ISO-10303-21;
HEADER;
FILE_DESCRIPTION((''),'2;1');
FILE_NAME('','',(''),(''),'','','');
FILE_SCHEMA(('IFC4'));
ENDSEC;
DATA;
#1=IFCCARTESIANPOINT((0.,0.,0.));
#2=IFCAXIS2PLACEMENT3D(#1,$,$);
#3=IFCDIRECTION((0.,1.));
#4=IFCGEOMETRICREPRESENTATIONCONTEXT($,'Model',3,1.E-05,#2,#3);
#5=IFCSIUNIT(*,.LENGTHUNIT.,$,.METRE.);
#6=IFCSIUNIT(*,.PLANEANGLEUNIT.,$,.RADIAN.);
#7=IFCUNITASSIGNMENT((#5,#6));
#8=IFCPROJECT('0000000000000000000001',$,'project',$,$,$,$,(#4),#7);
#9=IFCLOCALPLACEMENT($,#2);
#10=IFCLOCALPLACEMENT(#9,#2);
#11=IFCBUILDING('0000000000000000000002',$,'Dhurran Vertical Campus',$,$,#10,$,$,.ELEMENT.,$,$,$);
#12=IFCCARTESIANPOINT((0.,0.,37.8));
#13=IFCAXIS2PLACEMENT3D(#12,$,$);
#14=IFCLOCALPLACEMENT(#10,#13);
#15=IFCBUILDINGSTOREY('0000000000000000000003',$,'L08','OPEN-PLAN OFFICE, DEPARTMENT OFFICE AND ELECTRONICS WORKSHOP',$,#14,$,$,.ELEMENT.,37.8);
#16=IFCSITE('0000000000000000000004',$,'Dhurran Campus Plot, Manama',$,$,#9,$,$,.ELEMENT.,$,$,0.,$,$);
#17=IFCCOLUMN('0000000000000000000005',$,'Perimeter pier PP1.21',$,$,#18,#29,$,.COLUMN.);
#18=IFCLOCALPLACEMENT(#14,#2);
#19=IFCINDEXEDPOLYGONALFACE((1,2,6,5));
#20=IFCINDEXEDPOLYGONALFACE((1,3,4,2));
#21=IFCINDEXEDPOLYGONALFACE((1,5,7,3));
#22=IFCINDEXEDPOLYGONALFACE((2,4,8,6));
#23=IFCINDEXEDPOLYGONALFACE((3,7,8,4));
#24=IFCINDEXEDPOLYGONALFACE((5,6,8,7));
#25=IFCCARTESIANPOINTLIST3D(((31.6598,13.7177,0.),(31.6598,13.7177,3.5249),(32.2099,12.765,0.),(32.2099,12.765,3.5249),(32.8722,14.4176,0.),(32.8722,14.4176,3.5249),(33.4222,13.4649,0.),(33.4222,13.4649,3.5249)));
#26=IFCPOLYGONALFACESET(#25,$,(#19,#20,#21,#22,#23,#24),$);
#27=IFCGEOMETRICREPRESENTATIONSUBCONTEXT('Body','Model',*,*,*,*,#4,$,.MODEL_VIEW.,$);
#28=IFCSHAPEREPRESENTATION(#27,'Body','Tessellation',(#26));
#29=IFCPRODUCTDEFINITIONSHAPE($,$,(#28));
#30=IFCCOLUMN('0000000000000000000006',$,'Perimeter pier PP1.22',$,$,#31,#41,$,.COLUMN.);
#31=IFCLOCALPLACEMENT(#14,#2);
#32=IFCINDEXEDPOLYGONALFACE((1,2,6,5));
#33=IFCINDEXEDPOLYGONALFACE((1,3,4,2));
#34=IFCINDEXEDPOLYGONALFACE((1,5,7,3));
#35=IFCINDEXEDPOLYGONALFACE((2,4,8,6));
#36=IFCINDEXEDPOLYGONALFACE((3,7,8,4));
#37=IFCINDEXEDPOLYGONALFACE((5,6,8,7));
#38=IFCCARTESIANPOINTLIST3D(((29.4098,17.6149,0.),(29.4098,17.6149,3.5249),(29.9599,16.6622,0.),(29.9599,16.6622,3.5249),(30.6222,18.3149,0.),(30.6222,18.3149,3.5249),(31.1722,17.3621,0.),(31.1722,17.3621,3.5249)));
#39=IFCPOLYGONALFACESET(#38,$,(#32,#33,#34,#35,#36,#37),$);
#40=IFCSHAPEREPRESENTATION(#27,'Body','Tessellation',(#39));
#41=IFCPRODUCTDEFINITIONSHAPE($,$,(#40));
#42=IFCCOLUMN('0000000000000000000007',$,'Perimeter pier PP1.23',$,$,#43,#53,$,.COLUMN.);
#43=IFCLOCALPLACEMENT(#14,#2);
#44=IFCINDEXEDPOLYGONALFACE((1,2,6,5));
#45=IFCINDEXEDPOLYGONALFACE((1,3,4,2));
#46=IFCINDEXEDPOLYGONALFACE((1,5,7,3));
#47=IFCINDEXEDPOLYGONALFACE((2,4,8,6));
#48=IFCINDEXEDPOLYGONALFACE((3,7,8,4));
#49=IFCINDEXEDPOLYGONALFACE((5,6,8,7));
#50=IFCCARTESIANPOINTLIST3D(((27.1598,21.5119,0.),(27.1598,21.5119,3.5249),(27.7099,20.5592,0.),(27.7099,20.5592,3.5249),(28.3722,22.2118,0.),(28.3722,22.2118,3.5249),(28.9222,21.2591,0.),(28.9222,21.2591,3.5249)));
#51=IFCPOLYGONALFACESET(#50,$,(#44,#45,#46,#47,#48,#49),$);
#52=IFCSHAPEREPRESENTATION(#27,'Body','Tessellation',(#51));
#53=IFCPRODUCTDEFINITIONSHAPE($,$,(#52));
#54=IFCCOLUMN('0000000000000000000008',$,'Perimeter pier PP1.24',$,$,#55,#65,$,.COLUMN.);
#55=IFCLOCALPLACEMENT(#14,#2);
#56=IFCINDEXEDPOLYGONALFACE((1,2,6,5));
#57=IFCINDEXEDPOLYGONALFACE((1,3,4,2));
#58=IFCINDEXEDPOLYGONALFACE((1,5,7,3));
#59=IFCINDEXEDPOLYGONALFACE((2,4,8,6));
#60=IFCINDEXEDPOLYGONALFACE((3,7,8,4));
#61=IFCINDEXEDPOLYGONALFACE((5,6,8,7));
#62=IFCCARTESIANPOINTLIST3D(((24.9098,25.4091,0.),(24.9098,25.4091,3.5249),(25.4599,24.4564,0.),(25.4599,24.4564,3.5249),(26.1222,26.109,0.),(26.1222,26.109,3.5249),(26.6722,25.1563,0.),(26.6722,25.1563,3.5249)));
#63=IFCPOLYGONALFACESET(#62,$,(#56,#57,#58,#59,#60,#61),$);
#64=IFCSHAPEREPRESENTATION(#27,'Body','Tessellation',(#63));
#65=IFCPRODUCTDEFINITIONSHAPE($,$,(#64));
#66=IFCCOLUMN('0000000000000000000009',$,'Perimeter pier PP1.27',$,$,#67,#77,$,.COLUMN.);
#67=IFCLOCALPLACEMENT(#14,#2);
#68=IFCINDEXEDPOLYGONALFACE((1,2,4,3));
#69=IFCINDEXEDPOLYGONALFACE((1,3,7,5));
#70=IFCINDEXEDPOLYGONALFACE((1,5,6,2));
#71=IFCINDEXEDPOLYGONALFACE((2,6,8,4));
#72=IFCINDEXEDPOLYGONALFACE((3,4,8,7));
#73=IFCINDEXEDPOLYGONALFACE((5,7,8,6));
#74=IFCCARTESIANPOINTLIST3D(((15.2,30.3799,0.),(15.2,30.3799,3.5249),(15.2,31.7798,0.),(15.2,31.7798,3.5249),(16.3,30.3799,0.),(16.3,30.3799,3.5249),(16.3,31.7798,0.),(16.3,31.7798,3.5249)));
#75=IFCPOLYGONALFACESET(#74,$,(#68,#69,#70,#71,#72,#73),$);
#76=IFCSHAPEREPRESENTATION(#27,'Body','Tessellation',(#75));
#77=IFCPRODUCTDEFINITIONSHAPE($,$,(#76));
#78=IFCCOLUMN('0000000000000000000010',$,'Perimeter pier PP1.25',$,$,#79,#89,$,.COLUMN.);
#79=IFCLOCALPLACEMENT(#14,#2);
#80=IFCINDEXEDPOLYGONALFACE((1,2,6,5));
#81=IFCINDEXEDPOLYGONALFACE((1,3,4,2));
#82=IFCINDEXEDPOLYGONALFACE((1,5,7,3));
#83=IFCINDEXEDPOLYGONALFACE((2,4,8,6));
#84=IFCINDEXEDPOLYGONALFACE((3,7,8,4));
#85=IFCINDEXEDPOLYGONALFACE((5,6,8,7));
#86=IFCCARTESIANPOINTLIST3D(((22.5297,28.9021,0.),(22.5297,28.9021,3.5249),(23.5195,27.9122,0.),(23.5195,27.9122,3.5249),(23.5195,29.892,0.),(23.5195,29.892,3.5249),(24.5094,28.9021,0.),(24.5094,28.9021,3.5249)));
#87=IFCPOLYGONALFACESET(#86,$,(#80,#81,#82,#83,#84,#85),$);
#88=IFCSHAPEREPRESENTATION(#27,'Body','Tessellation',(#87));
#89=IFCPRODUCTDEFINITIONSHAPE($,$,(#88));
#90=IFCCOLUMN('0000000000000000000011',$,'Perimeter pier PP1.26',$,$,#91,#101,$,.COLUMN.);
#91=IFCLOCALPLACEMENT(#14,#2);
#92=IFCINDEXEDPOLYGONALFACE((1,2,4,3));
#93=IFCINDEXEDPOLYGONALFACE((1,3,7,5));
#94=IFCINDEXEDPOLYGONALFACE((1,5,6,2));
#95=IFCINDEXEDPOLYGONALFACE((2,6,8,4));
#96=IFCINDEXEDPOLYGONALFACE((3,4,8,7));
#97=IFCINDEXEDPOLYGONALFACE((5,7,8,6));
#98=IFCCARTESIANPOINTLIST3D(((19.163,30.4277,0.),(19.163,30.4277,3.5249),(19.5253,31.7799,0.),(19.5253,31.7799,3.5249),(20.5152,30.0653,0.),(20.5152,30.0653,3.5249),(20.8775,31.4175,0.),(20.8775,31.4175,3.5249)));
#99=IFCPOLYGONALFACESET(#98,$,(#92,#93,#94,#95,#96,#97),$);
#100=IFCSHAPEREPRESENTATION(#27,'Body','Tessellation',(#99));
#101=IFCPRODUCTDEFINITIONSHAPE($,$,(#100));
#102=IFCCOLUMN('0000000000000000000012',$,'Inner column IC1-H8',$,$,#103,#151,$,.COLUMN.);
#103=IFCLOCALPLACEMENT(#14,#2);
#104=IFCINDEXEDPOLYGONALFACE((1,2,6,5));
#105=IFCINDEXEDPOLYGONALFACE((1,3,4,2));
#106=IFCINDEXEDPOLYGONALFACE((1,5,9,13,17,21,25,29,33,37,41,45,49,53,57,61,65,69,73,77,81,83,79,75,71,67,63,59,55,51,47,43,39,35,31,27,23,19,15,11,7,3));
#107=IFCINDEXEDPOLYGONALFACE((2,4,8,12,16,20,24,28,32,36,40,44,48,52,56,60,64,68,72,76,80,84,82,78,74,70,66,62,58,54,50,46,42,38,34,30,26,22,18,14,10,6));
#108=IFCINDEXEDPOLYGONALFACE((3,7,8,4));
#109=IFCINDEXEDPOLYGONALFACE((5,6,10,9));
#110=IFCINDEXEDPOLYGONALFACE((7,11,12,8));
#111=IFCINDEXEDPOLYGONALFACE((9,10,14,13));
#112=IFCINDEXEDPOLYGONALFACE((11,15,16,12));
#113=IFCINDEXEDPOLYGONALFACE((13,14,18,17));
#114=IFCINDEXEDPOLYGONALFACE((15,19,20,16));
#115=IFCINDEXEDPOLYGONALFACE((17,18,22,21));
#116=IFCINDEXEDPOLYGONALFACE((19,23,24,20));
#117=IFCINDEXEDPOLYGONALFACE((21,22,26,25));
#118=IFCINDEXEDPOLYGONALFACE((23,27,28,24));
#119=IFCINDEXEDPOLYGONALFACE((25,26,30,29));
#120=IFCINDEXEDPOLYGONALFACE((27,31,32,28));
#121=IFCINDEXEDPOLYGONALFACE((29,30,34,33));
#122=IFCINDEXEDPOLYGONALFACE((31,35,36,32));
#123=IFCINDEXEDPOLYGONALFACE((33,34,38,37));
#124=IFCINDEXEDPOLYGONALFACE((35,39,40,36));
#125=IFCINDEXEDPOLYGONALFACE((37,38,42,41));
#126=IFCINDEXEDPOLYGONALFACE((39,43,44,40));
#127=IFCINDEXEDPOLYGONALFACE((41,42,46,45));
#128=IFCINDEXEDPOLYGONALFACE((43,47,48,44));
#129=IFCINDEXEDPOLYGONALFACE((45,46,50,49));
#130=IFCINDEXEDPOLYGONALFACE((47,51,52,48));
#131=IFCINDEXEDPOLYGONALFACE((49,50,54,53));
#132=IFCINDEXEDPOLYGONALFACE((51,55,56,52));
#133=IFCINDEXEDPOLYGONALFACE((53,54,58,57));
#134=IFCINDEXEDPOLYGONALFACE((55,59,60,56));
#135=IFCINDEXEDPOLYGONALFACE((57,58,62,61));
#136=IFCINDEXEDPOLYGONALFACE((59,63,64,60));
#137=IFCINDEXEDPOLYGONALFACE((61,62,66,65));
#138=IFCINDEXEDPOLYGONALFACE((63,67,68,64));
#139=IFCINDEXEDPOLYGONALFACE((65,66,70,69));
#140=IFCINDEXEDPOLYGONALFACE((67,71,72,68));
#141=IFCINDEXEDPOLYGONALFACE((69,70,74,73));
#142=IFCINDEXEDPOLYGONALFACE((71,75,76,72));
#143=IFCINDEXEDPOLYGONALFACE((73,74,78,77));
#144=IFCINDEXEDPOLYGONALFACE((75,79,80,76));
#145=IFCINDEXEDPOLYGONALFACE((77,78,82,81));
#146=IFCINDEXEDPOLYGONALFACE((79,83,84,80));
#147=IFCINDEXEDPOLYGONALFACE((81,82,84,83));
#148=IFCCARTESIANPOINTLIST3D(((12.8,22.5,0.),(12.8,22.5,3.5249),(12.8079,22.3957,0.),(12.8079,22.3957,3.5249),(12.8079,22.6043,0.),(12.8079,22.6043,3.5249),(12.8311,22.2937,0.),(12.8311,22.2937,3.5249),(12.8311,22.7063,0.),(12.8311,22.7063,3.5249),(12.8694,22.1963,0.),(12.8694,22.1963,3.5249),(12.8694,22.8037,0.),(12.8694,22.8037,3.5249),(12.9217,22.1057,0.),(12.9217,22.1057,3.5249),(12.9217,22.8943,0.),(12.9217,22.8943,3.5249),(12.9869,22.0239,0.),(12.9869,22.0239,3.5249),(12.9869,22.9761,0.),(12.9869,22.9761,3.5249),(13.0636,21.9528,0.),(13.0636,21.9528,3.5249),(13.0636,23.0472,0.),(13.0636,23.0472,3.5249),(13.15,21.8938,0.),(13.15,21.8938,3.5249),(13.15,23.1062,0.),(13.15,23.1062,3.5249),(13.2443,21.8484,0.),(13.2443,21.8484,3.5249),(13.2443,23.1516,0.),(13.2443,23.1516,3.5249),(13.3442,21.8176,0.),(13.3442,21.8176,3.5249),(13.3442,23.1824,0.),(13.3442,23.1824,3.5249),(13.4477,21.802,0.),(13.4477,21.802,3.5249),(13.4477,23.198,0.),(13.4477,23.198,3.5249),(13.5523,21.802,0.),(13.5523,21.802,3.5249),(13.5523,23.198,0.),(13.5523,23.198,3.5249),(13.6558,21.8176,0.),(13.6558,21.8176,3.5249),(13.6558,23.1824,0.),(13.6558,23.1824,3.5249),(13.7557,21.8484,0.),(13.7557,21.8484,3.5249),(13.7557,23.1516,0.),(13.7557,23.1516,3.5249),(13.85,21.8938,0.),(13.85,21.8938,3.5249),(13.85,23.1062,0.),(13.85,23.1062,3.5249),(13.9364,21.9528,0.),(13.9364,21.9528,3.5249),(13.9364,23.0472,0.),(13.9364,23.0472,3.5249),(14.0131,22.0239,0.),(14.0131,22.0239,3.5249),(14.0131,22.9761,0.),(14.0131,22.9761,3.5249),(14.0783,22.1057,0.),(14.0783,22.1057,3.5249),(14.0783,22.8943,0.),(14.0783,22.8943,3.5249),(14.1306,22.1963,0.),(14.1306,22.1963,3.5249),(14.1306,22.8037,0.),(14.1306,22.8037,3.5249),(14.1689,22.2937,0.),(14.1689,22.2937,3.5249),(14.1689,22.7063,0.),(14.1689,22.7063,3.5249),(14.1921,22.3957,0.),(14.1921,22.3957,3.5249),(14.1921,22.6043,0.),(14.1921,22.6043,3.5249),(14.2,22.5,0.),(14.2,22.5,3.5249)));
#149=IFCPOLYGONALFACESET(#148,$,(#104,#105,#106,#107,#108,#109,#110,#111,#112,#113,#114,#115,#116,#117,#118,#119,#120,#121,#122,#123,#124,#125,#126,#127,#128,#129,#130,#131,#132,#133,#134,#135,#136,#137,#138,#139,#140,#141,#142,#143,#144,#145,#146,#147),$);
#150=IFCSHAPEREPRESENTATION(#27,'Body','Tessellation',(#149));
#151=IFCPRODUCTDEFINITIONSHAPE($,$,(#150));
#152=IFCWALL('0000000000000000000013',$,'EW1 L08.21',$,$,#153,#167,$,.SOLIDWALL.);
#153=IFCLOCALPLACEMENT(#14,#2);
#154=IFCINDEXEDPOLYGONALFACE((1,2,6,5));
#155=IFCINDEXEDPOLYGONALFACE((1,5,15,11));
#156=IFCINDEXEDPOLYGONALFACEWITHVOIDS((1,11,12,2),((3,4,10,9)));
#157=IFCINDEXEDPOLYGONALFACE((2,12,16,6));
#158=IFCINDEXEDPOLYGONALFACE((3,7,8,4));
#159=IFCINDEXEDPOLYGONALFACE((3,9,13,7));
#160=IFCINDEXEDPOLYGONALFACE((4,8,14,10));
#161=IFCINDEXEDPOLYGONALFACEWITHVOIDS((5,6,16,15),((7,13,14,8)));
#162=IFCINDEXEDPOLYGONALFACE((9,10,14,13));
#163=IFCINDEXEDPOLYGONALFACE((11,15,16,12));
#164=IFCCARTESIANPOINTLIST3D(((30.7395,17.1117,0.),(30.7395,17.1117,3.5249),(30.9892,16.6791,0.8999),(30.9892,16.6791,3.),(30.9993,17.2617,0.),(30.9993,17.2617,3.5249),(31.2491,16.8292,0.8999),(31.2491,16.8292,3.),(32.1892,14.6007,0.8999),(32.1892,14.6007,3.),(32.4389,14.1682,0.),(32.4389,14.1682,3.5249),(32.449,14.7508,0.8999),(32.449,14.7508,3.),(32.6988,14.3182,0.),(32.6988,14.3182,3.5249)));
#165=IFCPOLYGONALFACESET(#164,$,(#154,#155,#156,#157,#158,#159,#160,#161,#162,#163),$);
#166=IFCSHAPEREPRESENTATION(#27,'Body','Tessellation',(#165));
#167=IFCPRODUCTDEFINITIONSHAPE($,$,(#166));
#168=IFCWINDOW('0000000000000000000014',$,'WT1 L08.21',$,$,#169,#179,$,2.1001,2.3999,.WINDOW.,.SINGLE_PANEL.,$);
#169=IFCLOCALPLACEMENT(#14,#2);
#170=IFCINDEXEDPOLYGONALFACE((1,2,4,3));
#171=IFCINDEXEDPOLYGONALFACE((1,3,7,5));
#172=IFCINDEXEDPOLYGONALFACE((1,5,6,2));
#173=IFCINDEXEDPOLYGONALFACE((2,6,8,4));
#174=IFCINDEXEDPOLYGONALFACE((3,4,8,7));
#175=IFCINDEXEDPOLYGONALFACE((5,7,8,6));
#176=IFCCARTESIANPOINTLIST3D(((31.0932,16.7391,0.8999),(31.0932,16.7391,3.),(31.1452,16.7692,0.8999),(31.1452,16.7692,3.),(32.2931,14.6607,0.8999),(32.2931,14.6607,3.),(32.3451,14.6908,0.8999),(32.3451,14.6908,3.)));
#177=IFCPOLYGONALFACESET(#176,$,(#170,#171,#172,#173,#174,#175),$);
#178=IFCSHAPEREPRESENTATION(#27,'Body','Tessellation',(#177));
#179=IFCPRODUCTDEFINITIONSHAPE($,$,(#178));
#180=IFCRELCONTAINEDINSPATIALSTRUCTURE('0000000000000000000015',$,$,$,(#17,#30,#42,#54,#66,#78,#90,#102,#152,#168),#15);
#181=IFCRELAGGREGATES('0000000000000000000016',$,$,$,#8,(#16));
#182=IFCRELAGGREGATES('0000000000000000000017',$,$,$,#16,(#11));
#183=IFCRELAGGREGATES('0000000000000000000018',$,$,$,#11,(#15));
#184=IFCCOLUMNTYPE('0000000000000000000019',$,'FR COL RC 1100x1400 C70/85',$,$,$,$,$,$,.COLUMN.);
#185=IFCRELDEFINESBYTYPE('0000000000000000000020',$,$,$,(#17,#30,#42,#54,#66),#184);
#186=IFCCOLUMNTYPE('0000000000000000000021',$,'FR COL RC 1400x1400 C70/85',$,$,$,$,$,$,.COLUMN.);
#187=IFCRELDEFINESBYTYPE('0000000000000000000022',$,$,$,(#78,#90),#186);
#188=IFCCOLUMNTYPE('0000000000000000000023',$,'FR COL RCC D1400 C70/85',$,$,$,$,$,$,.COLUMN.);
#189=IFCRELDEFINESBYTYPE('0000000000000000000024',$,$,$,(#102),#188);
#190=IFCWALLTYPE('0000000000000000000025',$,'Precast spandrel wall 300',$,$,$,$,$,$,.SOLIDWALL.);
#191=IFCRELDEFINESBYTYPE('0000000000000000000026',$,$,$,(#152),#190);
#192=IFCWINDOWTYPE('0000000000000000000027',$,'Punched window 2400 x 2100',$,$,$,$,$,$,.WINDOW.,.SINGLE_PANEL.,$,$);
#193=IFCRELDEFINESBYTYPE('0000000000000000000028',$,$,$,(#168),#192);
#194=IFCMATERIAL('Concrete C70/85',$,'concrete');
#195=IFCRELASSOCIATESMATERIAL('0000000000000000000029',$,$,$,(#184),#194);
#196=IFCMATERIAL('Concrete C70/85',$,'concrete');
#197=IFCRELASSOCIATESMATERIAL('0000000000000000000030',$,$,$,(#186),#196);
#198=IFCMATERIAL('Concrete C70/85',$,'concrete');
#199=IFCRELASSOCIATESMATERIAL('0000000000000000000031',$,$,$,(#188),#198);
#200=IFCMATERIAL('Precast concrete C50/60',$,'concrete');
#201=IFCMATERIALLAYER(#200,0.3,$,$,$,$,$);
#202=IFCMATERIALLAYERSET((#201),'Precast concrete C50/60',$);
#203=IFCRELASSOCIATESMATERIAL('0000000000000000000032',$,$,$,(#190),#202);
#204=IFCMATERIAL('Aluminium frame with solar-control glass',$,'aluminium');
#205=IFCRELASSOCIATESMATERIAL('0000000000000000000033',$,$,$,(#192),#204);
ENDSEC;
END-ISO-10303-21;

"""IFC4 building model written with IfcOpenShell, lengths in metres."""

from ifc_helpers import new_model, si_unit, direction, frame, frame_2d, origin, origin_2d, place, context, subcontext, project, spatial, rectangle, circle, extrude, material, layer, layer_set, material_profile, profile_set, type_object, element, fill, save


model = new_model("IFC4")

# Units and contexts
model_context = context("Model", 3, precision=1e-05, world=origin(), true_north=direction((0.0, 1.0)))
body_context = subcontext(model_context, "Body", "Model", "MODEL_VIEW")
ifc_project = project(units=[si_unit("LENGTHUNIT", "METRE"), si_unit("PLANEANGLEUNIT", "RADIAN")], contexts=[model_context])

# Site, building, storey
site_placement = place(None, origin())
site = spatial("IfcSite", under=ifc_project, at=site_placement, Name="Dhurran Campus Plot, Manama", CompositionType="ELEMENT", RefElevation=0.0)
building_placement = place(site_placement, origin())
building = spatial("IfcBuilding", under=site, at=building_placement, Name="Dhurran Vertical Campus", CompositionType="ELEMENT")
storey_placement = place(building_placement, frame((0.0, 0.0, 37.8)))
storey = spatial("IfcBuildingStorey", under=building, at=storey_placement, Name="L08", Description="OPEN-PLAN OFFICE, DEPARTMENT OFFICE AND ELECTRONICS WORKSHOP", CompositionType="ELEMENT", Elevation=37.8)

# Columns
ifc_material_1 = material(Name="Concrete C70/85", Category="concrete")
ifc_material_profile_1 = material_profile(ifc_material_1, rectangle(XDim=1.1001, YDim=1.3999, at=origin_2d()), Name="RC 1100x1400")
ifc_profile_set_1 = profile_set([ifc_material_profile_1], Name="Concrete C70/85")
column_type_1 = type_object("IfcColumnType", Name="FR COL RC 1100x1400 C70/85", PredefinedType="COLUMN", material=ifc_profile_set_1)
for number, where, z_axis, x_axis, name in (
    (1, (32.541, 13.5913, 0.0), (0.0, 0.0, 1.0), (-0.5, 0.866025, 0.0), "Perimeter pier PP1.21"),
    (2, (30.291, 17.4885, 0.0), (0.0, 0.0, 1.0), (-0.5, 0.866025, 0.0), "Perimeter pier PP1.22"),
    (3, (28.041, 21.3855, 0.0), (0.0, 0.0, 1.0), (-0.5, 0.866025, 0.0), "Perimeter pier PP1.23"),
    (4, (25.791, 25.2827, 0.0), (0.0, 0.0, 1.0), (-0.5, 0.866025, 0.0), "Perimeter pier PP1.24"),
    (5, (15.75, 31.0798, 0.0), (0.0, 0.0, 1.0), (-1.0, 0.0, 0.0), "Perimeter pier PP1.27"),
):
    element("IfcColumn", number, at=place(storey_placement, frame(where, z_axis=z_axis, x_axis=x_axis)), inside=storey, type_object=column_type_1, Name=name, PredefinedType="COLUMN", context=body_context, shape_type="SweptSolid", body=[
        extrude(rectangle(XDim=1.1001, YDim=1.3999, at=origin_2d()), origin(), (0.0, 0.0, 1.0), 3.5249),
    ])
ifc_material_2 = material(Name="Concrete C70/85", Category="concrete")
ifc_material_profile_2 = material_profile(ifc_material_2, rectangle(XDim=1.3999, YDim=1.3999, at=origin_2d()), Name="RC 1400x1400")
ifc_profile_set_2 = profile_set([ifc_material_profile_2], Name="Concrete C70/85")
column_type_2 = type_object("IfcColumnType", Name="FR COL RC 1400x1400 C70/85", PredefinedType="COLUMN", material=ifc_profile_set_2)
for number, where, z_axis, x_axis, name in (
    (6, (23.5195, 28.9021, 0.0), (0.0, 0.0, 1.0), (-0.707107, 0.707107, 0.0), "Perimeter pier PP1.25"),
    (7, (20.0203, 30.9226, 0.0), (0.0, 0.0, 1.0), (-0.965926, 0.258819, 0.0), "Perimeter pier PP1.26"),
):
    element("IfcColumn", number, at=place(storey_placement, frame(where, z_axis=z_axis, x_axis=x_axis)), inside=storey, type_object=column_type_2, Name=name, PredefinedType="COLUMN", context=body_context, shape_type="SweptSolid", body=[
        extrude(rectangle(XDim=1.3999, YDim=1.3999, at=origin_2d()), origin(), (0.0, 0.0, 1.0), 3.5249),
    ])
ifc_material_3 = material(Name="Concrete C70/85", Category="concrete")
ifc_material_profile_3 = material_profile(ifc_material_3, circle(Radius=0.7, at=origin_2d()), Name="RCC D1400")
ifc_profile_set_3 = profile_set([ifc_material_profile_3], Name="Concrete C70/85")
column_type_3 = type_object("IfcColumnType", Name="FR COL RCC D1400 C70/85", PredefinedType="COLUMN", material=ifc_profile_set_3)
column_placement = place(storey_placement, frame((13.5, 22.5, 0.0), z_axis=(0.0, 0.0, 1.0), x_axis=(1.0, 0.0, 0.0)))
element("IfcColumn", 8, at=column_placement, inside=storey, type_object=column_type_3, Name="Inner column IC1-H8", PredefinedType="COLUMN", context=body_context, shape_type="SweptSolid", body=[
    extrude(circle(Radius=0.7, at=origin_2d()), origin(), (0.0, 0.0, 1.0), 3.5249),
])

# Wall, opening, window
ifc_material_4 = material(Name="Precast concrete C50/60", Category="concrete")
ifc_layer_1 = layer(ifc_material_4, 0.3)
ifc_layer_set_1 = layer_set([ifc_layer_1], Name="Precast concrete C50/60")
wall_type_1 = type_object("IfcWallType", Name="Precast spandrel wall 300", PredefinedType="SOLIDWALL", material=ifc_layer_set_1)
wall_1_placement = place(storey_placement, frame((32.5688, 14.2432, 0.0), z_axis=(0.0, 0.0, 1.0), x_axis=(-0.499994, 0.866029, 0.0)))
wall_1 = element("IfcWall", 9, at=wall_1_placement, inside=storey, type_object=wall_type_1, Name="EW1 L08.21", PredefinedType="SOLIDWALL", context=body_context, shape_type="SweptSolid", body=[
    extrude(rectangle(XDim=3.3989, YDim=0.3, at=frame_2d((1.6995, 0.0))), origin(), (0.0, 0.0, 1.0), 3.5249),
])
opening_1_placement = place(wall_1_placement, frame((0.4995, 0.0, 0.8999)))
opening_1 = element("IfcOpeningElement", 10, at=opening_1_placement, cuts=wall_1, PredefinedType="OPENING", context=body_context, shape_type="SweptSolid", body=[
    extrude(rectangle(XDim=2.3999, YDim=2.1001, at=frame_2d((1.2, 1.05))), frame((0.0, 0.1599, 0.0), z_axis=(0.0, -1.0, 0.0), x_axis=(1.0, 0.0, 0.0)), (0.0, 0.0, 1.0), 0.3201),
])
ifc_material_5 = material(Name="Aluminium frame with solar-control glass", Category="aluminium")
window_type = type_object("IfcWindowType", Name="Punched window 2400 x 2100", PartitioningType="SINGLE_PANEL", PredefinedType="WINDOW", material=ifc_material_5)
window_1_placement = place(opening_1_placement, origin())
window_1 = element("IfcWindow", 11, at=window_1_placement, inside=storey, type_object=window_type, Name="WT1 L08.21", OverallHeight=2.1001, OverallWidth=2.3999, PartitioningType="SINGLE_PANEL", PredefinedType="WINDOW", context=body_context, shape_type="SweptSolid", body=[
    extrude(rectangle(XDim=2.3999, YDim=2.1001, at=frame_2d((1.2, 1.05))), frame((0.0, 0.03, 0.0), z_axis=(0.0, -1.0, 0.0), x_axis=(1.0, 0.0, 0.0)), (0.0, 0.0, 1.0), 0.0601),
])
fill(opening_1, window_1)

save(model, "model.ifc")
